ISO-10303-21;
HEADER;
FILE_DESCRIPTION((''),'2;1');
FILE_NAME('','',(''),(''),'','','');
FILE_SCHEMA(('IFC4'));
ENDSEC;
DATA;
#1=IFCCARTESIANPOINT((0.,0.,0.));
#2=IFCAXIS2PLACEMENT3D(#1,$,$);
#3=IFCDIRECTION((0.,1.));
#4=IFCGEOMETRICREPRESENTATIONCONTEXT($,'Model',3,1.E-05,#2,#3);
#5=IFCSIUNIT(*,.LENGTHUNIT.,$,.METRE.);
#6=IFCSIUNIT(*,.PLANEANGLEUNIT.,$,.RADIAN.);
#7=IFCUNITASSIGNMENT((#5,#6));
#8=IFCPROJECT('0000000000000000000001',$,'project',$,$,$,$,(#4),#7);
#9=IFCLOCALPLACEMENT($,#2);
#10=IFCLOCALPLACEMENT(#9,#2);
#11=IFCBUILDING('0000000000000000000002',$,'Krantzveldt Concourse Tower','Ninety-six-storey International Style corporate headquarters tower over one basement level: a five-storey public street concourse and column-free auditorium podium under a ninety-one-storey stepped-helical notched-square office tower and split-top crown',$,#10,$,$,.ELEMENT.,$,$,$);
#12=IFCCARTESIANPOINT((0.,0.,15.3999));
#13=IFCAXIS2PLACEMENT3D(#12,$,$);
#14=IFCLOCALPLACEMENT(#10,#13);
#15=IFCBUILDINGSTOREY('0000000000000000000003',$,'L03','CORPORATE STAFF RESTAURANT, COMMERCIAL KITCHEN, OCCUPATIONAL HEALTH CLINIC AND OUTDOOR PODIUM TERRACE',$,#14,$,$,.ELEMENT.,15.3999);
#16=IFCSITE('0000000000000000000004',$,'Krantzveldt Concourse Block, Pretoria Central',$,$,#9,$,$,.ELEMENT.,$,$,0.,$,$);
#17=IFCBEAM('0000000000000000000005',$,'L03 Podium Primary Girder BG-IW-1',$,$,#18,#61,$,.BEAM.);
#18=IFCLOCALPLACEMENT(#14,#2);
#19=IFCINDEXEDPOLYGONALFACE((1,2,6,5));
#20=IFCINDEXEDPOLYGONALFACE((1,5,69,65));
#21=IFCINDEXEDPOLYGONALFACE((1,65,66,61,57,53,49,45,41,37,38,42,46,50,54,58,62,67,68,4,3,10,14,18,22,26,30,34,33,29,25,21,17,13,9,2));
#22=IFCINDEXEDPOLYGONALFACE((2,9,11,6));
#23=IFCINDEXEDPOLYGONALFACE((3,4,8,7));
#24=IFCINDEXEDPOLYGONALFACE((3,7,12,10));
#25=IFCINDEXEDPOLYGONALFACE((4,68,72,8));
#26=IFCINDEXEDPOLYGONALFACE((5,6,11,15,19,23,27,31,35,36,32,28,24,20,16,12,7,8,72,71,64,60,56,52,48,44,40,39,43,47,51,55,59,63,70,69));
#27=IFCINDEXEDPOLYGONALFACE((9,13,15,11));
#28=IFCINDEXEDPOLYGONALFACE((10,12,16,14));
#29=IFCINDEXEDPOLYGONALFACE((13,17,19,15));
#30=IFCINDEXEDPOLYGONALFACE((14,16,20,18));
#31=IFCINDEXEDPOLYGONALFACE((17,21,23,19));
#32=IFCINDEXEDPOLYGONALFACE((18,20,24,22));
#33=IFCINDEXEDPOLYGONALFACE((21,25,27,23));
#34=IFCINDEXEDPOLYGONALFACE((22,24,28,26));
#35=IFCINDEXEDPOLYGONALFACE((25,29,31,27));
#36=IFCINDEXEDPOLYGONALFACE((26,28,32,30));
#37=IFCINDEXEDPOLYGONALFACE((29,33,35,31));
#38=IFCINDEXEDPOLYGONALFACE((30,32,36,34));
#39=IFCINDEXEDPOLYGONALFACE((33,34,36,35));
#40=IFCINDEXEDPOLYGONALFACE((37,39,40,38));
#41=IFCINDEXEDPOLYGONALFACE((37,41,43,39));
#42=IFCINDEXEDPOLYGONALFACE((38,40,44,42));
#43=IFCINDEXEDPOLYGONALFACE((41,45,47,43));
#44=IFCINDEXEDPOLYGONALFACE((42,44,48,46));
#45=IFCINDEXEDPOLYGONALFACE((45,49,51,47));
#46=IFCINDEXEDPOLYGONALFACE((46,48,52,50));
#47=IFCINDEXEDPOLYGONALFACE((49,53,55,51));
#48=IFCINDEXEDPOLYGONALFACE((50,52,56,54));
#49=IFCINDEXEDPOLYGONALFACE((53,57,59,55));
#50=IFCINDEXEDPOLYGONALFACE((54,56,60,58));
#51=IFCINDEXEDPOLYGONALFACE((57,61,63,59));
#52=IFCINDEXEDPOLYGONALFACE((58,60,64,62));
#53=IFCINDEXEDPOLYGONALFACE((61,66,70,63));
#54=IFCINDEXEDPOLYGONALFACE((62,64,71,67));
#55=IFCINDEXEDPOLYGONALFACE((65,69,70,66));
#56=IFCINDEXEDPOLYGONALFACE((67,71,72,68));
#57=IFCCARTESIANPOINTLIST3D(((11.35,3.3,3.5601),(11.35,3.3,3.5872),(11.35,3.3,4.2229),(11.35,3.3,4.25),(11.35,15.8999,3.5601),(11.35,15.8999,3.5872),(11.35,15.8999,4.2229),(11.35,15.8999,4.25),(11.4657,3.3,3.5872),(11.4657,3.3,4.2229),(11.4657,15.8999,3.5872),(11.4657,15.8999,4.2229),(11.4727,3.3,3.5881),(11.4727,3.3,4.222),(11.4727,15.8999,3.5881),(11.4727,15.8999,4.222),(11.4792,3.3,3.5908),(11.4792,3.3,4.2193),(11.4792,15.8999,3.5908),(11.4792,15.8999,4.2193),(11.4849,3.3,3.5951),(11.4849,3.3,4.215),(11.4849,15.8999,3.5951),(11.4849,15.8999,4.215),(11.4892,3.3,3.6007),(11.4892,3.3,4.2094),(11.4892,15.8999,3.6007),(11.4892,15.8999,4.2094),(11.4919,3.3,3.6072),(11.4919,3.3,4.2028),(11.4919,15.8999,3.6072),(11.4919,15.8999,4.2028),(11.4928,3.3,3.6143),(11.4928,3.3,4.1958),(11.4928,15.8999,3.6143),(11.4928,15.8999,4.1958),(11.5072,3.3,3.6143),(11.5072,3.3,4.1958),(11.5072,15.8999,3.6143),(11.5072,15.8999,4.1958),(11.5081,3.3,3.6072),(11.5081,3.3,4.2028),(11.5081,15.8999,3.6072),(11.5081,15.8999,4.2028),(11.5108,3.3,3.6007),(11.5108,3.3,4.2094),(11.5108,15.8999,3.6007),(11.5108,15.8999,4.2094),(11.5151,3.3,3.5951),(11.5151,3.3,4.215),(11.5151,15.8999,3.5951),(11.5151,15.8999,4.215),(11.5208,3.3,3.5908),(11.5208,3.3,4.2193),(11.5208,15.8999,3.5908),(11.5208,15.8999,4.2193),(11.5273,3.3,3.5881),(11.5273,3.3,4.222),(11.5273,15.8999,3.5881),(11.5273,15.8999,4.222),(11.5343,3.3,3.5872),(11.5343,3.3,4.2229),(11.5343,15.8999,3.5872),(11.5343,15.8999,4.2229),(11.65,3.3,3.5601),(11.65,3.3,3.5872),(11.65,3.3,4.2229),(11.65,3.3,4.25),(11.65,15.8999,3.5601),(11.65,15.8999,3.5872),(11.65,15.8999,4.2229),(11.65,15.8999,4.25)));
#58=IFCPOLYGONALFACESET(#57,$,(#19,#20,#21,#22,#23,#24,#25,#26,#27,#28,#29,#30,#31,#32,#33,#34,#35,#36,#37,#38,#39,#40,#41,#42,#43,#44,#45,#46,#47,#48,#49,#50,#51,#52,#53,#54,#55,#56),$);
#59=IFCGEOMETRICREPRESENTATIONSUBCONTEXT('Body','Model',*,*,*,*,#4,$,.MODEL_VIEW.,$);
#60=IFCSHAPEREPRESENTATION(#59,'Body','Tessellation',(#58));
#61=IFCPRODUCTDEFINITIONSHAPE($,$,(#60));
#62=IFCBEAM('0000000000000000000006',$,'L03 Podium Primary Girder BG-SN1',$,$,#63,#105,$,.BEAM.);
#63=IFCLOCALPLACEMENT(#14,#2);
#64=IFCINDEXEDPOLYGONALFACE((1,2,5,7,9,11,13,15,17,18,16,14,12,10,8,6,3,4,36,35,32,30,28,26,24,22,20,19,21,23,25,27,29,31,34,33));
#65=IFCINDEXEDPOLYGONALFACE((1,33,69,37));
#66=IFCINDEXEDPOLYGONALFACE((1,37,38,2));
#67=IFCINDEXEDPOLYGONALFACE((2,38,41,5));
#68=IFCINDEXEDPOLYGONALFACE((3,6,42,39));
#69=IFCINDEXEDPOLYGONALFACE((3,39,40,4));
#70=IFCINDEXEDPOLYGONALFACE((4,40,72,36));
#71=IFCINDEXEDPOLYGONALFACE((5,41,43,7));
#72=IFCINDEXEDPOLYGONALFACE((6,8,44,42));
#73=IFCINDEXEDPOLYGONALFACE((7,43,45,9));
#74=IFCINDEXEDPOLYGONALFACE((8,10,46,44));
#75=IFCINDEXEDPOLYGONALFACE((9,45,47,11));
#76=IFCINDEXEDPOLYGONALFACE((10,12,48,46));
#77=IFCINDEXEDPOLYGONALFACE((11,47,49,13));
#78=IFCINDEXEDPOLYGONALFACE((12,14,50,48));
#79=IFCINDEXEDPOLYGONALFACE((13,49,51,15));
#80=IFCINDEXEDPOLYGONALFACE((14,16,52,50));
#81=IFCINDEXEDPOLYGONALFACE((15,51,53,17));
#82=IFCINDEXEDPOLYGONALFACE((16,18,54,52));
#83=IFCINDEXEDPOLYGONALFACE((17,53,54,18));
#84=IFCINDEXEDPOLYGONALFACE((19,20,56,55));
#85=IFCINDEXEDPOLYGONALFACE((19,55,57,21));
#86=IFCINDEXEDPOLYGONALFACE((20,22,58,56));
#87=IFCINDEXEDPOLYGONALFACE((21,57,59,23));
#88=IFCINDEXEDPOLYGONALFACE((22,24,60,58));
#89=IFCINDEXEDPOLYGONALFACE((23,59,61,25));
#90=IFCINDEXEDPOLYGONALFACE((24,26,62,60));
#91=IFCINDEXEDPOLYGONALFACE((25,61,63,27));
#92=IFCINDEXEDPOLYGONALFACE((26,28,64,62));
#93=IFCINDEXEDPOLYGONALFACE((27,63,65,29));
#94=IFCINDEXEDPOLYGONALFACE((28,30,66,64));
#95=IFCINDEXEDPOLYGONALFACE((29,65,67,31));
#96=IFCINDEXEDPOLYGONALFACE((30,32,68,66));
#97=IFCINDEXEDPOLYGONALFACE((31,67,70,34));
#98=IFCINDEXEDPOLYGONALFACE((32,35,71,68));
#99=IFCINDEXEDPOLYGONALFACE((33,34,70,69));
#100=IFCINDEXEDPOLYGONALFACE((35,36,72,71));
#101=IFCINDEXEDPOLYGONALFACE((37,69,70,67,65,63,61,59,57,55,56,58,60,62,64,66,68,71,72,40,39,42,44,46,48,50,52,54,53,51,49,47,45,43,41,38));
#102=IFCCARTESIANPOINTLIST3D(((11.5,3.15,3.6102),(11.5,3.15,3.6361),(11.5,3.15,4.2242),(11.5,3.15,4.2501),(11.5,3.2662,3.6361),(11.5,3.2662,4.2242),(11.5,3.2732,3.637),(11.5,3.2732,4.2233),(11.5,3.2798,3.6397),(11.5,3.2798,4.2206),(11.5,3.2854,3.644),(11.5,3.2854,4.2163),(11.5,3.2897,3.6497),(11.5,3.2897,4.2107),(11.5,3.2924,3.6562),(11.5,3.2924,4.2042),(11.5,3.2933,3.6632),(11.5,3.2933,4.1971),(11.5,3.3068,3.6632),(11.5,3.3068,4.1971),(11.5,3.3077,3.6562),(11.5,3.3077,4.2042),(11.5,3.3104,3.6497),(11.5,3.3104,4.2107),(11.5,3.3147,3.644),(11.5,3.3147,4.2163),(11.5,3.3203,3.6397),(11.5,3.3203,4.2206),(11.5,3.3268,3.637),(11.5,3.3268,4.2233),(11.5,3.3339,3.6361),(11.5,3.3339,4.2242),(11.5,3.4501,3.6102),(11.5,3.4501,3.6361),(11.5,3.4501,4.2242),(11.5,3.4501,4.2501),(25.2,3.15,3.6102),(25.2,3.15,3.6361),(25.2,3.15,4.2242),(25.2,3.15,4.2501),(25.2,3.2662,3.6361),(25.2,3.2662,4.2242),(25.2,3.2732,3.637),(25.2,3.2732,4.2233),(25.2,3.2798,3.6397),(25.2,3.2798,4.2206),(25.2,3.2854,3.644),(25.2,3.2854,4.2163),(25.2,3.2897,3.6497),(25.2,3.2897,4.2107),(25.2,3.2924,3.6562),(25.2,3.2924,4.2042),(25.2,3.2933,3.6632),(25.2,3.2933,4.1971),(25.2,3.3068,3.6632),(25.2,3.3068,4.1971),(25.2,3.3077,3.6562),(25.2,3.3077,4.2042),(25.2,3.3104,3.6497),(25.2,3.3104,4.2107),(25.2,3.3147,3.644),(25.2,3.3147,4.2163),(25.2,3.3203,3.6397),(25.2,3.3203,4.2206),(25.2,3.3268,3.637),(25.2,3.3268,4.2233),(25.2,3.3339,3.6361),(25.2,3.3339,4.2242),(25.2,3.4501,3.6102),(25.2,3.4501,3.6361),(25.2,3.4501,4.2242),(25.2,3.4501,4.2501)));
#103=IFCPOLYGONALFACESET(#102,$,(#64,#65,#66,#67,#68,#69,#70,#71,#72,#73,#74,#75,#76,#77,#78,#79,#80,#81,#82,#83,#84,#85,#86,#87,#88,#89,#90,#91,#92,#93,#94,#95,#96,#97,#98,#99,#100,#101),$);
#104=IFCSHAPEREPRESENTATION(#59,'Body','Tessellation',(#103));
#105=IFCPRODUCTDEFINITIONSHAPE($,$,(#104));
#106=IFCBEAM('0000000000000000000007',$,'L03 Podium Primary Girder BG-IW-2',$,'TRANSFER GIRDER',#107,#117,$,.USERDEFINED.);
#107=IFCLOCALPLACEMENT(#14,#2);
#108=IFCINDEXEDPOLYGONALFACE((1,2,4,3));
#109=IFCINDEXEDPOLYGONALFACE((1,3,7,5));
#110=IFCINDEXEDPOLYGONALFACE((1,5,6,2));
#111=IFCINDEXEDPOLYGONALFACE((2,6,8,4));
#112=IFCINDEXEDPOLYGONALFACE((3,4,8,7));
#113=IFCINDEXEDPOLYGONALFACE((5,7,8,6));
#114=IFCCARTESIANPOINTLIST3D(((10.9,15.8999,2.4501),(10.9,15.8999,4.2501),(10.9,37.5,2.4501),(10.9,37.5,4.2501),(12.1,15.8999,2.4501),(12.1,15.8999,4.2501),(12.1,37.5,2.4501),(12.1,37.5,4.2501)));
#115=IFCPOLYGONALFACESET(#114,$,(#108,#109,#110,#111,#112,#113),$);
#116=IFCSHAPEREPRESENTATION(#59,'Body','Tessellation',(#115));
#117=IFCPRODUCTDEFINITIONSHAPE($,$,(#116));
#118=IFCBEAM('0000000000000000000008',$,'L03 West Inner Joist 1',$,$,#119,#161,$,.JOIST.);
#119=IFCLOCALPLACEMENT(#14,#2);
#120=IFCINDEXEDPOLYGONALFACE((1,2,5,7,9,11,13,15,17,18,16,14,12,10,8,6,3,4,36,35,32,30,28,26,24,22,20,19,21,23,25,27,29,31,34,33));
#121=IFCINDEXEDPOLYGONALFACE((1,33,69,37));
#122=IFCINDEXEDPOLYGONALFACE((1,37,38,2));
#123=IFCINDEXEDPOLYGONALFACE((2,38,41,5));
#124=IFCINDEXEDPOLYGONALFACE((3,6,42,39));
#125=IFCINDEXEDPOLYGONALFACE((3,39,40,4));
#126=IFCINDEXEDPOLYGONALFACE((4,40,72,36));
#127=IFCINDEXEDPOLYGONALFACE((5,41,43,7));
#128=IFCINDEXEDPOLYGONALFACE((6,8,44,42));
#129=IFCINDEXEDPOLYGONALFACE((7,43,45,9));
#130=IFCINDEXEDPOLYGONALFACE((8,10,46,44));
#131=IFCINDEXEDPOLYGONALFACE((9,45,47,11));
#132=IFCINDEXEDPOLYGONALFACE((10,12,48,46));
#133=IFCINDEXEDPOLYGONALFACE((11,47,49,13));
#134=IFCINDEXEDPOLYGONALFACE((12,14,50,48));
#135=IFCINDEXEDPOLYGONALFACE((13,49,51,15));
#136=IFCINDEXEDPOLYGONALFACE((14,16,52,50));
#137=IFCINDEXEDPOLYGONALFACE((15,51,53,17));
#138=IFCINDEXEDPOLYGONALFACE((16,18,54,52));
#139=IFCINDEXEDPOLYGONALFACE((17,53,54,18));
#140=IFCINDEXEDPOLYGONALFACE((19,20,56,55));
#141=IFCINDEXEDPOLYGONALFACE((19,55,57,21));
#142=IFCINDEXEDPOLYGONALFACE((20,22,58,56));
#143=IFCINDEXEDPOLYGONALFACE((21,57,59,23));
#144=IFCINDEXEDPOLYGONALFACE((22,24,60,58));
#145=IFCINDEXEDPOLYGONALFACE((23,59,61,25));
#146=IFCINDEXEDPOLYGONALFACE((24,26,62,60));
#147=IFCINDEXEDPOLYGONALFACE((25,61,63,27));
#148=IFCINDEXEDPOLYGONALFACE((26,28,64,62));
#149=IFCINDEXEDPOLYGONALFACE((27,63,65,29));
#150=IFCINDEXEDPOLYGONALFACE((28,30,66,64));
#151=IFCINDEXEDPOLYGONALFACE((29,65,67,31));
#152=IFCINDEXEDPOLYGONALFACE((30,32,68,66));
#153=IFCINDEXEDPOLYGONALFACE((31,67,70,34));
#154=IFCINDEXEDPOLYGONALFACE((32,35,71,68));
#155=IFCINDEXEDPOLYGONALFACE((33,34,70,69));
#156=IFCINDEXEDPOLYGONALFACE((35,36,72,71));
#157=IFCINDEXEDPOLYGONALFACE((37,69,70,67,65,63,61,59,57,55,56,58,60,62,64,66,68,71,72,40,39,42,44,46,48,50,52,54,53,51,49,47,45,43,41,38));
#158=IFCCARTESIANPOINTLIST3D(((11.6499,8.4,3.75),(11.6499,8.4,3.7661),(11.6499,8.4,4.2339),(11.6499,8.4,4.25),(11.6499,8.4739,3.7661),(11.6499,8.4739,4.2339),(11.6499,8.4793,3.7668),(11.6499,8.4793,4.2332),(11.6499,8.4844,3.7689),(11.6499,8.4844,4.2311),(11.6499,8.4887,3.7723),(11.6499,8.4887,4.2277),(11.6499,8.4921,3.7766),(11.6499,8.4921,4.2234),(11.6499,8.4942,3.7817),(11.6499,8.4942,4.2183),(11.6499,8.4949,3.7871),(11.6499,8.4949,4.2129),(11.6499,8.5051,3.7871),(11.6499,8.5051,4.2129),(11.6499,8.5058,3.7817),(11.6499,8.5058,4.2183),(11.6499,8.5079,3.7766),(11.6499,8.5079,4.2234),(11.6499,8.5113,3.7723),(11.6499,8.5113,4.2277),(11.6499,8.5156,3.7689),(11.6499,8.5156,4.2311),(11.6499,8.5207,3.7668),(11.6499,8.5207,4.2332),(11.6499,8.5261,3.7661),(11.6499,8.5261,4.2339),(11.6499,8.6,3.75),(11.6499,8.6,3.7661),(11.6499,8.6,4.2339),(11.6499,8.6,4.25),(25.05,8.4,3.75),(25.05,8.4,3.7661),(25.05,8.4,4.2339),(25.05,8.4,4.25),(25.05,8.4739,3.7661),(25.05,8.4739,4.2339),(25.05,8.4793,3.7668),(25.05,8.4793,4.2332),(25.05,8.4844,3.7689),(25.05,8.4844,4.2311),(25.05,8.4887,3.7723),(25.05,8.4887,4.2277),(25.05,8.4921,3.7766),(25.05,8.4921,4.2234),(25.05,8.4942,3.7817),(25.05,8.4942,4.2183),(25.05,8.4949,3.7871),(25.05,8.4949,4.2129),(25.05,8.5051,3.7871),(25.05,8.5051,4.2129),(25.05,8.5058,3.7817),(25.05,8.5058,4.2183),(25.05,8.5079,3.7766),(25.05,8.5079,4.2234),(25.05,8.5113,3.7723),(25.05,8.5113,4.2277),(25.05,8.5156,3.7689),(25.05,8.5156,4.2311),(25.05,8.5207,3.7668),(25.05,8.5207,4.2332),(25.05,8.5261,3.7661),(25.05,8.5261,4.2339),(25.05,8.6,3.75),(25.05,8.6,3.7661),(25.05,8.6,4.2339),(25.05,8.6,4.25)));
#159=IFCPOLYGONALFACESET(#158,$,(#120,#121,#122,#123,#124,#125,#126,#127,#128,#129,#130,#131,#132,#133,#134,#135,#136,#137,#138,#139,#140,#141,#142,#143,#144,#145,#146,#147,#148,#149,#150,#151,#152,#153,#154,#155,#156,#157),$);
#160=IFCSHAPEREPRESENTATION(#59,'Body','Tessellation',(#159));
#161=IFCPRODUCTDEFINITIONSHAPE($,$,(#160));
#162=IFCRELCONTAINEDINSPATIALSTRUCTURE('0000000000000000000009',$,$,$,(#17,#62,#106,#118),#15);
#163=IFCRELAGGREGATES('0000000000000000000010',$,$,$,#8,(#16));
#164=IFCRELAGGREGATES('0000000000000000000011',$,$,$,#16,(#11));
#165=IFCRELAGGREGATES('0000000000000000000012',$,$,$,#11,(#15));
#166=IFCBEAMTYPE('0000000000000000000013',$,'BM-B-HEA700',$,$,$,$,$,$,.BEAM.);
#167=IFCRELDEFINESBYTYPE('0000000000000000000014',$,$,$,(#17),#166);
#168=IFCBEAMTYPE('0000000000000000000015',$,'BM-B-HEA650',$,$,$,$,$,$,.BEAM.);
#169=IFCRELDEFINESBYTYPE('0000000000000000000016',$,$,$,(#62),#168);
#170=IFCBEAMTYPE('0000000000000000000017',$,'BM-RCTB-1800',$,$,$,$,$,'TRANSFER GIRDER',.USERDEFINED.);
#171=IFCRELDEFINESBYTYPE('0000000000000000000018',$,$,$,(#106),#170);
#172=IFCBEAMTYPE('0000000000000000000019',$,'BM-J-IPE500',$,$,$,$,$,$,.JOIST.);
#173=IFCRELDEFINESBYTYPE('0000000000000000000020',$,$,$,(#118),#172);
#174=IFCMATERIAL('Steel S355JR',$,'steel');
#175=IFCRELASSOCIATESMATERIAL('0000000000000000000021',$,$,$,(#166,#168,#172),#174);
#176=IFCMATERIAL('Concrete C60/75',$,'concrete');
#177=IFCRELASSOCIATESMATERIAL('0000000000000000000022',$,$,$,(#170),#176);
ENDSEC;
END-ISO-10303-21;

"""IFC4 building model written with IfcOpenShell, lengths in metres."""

from ifc_helpers import new_model, si_unit, direction, frame, origin, origin_2d, place, context, subcontext, project, spatial, rectangle, i_section, extrude, source, transform, mapped, material, material_profile, profile_set, type_object, type_shapes, element, save


model = new_model("IFC4")

# Units and contexts
model_context = context("Model", 3, precision=1e-05, world=origin(), true_north=direction((0.0, 1.0)))
body_context = subcontext(model_context, "Body", "Model", "MODEL_VIEW")
ifc_project = project(units=[si_unit("LENGTHUNIT", "METRE"), si_unit("PLANEANGLEUNIT", "RADIAN")], contexts=[model_context])

# Site, building, storey
site_placement = place(None, origin())
site = spatial("IfcSite", under=ifc_project, at=site_placement, Name="Krantzveldt Concourse Block, Pretoria Central", CompositionType="ELEMENT", RefElevation=0.0)
building_placement = place(site_placement, origin())
building = spatial("IfcBuilding", under=site, at=building_placement, Name="Krantzveldt Concourse Tower", Description="Ninety-six-storey International Style corporate headquarters tower over one basement level: a five-storey public street concourse and column-free auditorium podium under a ninety-one-storey stepped-helical notched-square office tower and split-top crown", CompositionType="ELEMENT")
storey_placement = place(building_placement, frame((0.0, 0.0, 15.3999)))
storey = spatial("IfcBuildingStorey", under=building, at=storey_placement, Name="L03", Description="CORPORATE STAFF RESTAURANT, COMMERCIAL KITCHEN, OCCUPATIONAL HEALTH CLINIC AND OUTDOOR PODIUM TERRACE", CompositionType="ELEMENT", Elevation=15.3999)

# Shared definitions
ifc_material_1 = material(Name="Concrete C60/75", Category="concrete")

# Beams
ifc_material_2 = material(Name="Steel S355JR", Category="steel")
ifc_material_profile_1 = material_profile(ifc_material_2, i_section(OverallWidth=0.3, OverallDepth=0.6899, WebThickness=0.0144, FlangeThickness=0.0271, FilletRadius=0.0271, at=origin_2d()), Name="Steel S355JR", Category="steel")
ifc_profile_set_1 = profile_set([ifc_material_profile_1], Name="Steel S355JR - HEA 700")
beam_type_1 = type_object("IfcBeamType", Name="BM-B-HEA700", PredefinedType="BEAM", material=ifc_profile_set_1)
shared_shape_1 = source(origin(), body_context, "Body", "SweptSolid", [
    extrude(i_section(OverallWidth=0.3, OverallDepth=0.6899, WebThickness=0.0144, FlangeThickness=0.0271, FilletRadius=0.0271, at=origin_2d()), origin(), (0.0, 0.0, 1.0), 12.5999),
])
beam_1_placement = place(storey_placement, frame((11.5, 3.3, 3.905), z_axis=(0.0, 1.0, 0.0), x_axis=(-1.0, 0.0, 0.0)))
element("IfcBeam", 1, at=beam_1_placement, inside=storey, type_object=beam_type_1, Name="L03 Podium Primary Girder BG-IW-1", PredefinedType="BEAM", context=body_context, shape_type="MappedRepresentation", body=[
    mapped(shared_shape_1, transform((0.0, 0.0, 0.0), x_axis=(1.0, 0.0, 0.0), y_axis=(0.0, 1.0, 0.0), z_axis=(0.0, 0.0, 1.0), scale=1.0)),
])
ifc_material_profile_2 = material_profile(ifc_material_2, i_section(OverallWidth=0.3, OverallDepth=0.6399, WebThickness=0.0134, FlangeThickness=0.0259, FilletRadius=0.0271, at=origin_2d()), Name="Steel S355JR", Category="steel")
ifc_profile_set_2 = profile_set([ifc_material_profile_2], Name="Steel S355JR - HEA 650")
beam_type_2 = type_object("IfcBeamType", Name="BM-B-HEA650", PredefinedType="BEAM", material=ifc_profile_set_2)
shared_shape_2 = source(origin(), body_context, "Body", "SweptSolid", [
    extrude(i_section(OverallWidth=0.3, OverallDepth=0.6399, WebThickness=0.0134, FlangeThickness=0.0259, FilletRadius=0.0271, at=origin_2d()), origin(), (0.0, 0.0, 1.0), 13.7),
])
type_shapes(beam_type_2, [shared_shape_2])
beam_2_placement = place(storey_placement, frame((11.5, 3.3, 3.9302), z_axis=(1.0, 0.0, 0.0), x_axis=(0.0, 1.0, 0.0)))
element("IfcBeam", 2, at=beam_2_placement, inside=storey, type_object=beam_type_2, Name="L03 Podium Primary Girder BG-SN1", PredefinedType="BEAM", context=body_context, shape_type="MappedRepresentation", body=[
    mapped(shared_shape_2, transform((0.0, 0.0, 0.0), x_axis=(1.0, 0.0, 0.0), y_axis=(0.0, 1.0, 0.0), z_axis=(0.0, 0.0, 1.0), scale=1.0)),
])
ifc_material_profile_3 = material_profile(ifc_material_1, rectangle(XDim=1.2, YDim=1.8, at=origin_2d()), Name="Concrete C60/75", Category="concrete")
ifc_profile_set_3 = profile_set([ifc_material_profile_3], Name="Concrete C60/75 - RC-TB 1200x1800")
beam_type_3 = type_object("IfcBeamType", Name="BM-RCTB-1800", ElementType="TRANSFER GIRDER", PredefinedType="USERDEFINED", material=ifc_profile_set_3)
shared_shape_3 = source(origin(), body_context, "Body", "SweptSolid", [
    extrude(rectangle(XDim=1.2, YDim=1.8, at=origin_2d()), origin(), (0.0, 0.0, 1.0), 21.6001),
])
type_shapes(beam_type_3, [shared_shape_3])
beam_3_placement = place(storey_placement, frame((11.5, 15.8999, 3.3501), z_axis=(0.0, 1.0, 0.0), x_axis=(-1.0, 0.0, 0.0)))
element("IfcBeam", 3, at=beam_3_placement, inside=storey, type_object=beam_type_3, Name="L03 Podium Primary Girder BG-IW-2", ObjectType="TRANSFER GIRDER", PredefinedType="USERDEFINED", context=body_context, shape_type="MappedRepresentation", body=[
    mapped(shared_shape_3, transform((0.0, 0.0, 0.0), x_axis=(1.0, 0.0, 0.0), y_axis=(0.0, 1.0, 0.0), z_axis=(0.0, 0.0, 1.0), scale=1.0)),
])
ifc_material_profile_4 = material_profile(ifc_material_2, i_section(OverallWidth=0.2, OverallDepth=0.5, WebThickness=0.0103, FlangeThickness=0.0161, FilletRadius=0.021, at=origin_2d()), Name="Steel S355JR", Category="steel")
ifc_profile_set_4 = profile_set([ifc_material_profile_4], Name="Steel S355JR - IPE 500")
beam_type_4 = type_object("IfcBeamType", Name="BM-J-IPE500", PredefinedType="JOIST", material=ifc_profile_set_4)
shared_shape_4 = source(origin(), body_context, "Body", "SweptSolid", [
    extrude(i_section(OverallWidth=0.2, OverallDepth=0.5, WebThickness=0.0103, FlangeThickness=0.0161, FilletRadius=0.021, at=origin_2d()), origin(), (0.0, 0.0, 1.0), 13.4001),
])
type_shapes(beam_type_4, [shared_shape_4])
beam_4_placement = place(storey_placement, frame((11.6499, 8.5, 4.0), z_axis=(1.0, 0.0, 0.0), x_axis=(0.0, 1.0, 0.0)))
element("IfcBeam", 4, at=beam_4_placement, inside=storey, type_object=beam_type_4, Name="L03 West Inner Joist 1", PredefinedType="JOIST", context=body_context, shape_type="MappedRepresentation", body=[
    mapped(shared_shape_4, transform((0.0, 0.0, 0.0), x_axis=(1.0, 0.0, 0.0), y_axis=(0.0, 1.0, 0.0), z_axis=(0.0, 0.0, 1.0), scale=1.0)),
])

save(model, "model.ifc")
